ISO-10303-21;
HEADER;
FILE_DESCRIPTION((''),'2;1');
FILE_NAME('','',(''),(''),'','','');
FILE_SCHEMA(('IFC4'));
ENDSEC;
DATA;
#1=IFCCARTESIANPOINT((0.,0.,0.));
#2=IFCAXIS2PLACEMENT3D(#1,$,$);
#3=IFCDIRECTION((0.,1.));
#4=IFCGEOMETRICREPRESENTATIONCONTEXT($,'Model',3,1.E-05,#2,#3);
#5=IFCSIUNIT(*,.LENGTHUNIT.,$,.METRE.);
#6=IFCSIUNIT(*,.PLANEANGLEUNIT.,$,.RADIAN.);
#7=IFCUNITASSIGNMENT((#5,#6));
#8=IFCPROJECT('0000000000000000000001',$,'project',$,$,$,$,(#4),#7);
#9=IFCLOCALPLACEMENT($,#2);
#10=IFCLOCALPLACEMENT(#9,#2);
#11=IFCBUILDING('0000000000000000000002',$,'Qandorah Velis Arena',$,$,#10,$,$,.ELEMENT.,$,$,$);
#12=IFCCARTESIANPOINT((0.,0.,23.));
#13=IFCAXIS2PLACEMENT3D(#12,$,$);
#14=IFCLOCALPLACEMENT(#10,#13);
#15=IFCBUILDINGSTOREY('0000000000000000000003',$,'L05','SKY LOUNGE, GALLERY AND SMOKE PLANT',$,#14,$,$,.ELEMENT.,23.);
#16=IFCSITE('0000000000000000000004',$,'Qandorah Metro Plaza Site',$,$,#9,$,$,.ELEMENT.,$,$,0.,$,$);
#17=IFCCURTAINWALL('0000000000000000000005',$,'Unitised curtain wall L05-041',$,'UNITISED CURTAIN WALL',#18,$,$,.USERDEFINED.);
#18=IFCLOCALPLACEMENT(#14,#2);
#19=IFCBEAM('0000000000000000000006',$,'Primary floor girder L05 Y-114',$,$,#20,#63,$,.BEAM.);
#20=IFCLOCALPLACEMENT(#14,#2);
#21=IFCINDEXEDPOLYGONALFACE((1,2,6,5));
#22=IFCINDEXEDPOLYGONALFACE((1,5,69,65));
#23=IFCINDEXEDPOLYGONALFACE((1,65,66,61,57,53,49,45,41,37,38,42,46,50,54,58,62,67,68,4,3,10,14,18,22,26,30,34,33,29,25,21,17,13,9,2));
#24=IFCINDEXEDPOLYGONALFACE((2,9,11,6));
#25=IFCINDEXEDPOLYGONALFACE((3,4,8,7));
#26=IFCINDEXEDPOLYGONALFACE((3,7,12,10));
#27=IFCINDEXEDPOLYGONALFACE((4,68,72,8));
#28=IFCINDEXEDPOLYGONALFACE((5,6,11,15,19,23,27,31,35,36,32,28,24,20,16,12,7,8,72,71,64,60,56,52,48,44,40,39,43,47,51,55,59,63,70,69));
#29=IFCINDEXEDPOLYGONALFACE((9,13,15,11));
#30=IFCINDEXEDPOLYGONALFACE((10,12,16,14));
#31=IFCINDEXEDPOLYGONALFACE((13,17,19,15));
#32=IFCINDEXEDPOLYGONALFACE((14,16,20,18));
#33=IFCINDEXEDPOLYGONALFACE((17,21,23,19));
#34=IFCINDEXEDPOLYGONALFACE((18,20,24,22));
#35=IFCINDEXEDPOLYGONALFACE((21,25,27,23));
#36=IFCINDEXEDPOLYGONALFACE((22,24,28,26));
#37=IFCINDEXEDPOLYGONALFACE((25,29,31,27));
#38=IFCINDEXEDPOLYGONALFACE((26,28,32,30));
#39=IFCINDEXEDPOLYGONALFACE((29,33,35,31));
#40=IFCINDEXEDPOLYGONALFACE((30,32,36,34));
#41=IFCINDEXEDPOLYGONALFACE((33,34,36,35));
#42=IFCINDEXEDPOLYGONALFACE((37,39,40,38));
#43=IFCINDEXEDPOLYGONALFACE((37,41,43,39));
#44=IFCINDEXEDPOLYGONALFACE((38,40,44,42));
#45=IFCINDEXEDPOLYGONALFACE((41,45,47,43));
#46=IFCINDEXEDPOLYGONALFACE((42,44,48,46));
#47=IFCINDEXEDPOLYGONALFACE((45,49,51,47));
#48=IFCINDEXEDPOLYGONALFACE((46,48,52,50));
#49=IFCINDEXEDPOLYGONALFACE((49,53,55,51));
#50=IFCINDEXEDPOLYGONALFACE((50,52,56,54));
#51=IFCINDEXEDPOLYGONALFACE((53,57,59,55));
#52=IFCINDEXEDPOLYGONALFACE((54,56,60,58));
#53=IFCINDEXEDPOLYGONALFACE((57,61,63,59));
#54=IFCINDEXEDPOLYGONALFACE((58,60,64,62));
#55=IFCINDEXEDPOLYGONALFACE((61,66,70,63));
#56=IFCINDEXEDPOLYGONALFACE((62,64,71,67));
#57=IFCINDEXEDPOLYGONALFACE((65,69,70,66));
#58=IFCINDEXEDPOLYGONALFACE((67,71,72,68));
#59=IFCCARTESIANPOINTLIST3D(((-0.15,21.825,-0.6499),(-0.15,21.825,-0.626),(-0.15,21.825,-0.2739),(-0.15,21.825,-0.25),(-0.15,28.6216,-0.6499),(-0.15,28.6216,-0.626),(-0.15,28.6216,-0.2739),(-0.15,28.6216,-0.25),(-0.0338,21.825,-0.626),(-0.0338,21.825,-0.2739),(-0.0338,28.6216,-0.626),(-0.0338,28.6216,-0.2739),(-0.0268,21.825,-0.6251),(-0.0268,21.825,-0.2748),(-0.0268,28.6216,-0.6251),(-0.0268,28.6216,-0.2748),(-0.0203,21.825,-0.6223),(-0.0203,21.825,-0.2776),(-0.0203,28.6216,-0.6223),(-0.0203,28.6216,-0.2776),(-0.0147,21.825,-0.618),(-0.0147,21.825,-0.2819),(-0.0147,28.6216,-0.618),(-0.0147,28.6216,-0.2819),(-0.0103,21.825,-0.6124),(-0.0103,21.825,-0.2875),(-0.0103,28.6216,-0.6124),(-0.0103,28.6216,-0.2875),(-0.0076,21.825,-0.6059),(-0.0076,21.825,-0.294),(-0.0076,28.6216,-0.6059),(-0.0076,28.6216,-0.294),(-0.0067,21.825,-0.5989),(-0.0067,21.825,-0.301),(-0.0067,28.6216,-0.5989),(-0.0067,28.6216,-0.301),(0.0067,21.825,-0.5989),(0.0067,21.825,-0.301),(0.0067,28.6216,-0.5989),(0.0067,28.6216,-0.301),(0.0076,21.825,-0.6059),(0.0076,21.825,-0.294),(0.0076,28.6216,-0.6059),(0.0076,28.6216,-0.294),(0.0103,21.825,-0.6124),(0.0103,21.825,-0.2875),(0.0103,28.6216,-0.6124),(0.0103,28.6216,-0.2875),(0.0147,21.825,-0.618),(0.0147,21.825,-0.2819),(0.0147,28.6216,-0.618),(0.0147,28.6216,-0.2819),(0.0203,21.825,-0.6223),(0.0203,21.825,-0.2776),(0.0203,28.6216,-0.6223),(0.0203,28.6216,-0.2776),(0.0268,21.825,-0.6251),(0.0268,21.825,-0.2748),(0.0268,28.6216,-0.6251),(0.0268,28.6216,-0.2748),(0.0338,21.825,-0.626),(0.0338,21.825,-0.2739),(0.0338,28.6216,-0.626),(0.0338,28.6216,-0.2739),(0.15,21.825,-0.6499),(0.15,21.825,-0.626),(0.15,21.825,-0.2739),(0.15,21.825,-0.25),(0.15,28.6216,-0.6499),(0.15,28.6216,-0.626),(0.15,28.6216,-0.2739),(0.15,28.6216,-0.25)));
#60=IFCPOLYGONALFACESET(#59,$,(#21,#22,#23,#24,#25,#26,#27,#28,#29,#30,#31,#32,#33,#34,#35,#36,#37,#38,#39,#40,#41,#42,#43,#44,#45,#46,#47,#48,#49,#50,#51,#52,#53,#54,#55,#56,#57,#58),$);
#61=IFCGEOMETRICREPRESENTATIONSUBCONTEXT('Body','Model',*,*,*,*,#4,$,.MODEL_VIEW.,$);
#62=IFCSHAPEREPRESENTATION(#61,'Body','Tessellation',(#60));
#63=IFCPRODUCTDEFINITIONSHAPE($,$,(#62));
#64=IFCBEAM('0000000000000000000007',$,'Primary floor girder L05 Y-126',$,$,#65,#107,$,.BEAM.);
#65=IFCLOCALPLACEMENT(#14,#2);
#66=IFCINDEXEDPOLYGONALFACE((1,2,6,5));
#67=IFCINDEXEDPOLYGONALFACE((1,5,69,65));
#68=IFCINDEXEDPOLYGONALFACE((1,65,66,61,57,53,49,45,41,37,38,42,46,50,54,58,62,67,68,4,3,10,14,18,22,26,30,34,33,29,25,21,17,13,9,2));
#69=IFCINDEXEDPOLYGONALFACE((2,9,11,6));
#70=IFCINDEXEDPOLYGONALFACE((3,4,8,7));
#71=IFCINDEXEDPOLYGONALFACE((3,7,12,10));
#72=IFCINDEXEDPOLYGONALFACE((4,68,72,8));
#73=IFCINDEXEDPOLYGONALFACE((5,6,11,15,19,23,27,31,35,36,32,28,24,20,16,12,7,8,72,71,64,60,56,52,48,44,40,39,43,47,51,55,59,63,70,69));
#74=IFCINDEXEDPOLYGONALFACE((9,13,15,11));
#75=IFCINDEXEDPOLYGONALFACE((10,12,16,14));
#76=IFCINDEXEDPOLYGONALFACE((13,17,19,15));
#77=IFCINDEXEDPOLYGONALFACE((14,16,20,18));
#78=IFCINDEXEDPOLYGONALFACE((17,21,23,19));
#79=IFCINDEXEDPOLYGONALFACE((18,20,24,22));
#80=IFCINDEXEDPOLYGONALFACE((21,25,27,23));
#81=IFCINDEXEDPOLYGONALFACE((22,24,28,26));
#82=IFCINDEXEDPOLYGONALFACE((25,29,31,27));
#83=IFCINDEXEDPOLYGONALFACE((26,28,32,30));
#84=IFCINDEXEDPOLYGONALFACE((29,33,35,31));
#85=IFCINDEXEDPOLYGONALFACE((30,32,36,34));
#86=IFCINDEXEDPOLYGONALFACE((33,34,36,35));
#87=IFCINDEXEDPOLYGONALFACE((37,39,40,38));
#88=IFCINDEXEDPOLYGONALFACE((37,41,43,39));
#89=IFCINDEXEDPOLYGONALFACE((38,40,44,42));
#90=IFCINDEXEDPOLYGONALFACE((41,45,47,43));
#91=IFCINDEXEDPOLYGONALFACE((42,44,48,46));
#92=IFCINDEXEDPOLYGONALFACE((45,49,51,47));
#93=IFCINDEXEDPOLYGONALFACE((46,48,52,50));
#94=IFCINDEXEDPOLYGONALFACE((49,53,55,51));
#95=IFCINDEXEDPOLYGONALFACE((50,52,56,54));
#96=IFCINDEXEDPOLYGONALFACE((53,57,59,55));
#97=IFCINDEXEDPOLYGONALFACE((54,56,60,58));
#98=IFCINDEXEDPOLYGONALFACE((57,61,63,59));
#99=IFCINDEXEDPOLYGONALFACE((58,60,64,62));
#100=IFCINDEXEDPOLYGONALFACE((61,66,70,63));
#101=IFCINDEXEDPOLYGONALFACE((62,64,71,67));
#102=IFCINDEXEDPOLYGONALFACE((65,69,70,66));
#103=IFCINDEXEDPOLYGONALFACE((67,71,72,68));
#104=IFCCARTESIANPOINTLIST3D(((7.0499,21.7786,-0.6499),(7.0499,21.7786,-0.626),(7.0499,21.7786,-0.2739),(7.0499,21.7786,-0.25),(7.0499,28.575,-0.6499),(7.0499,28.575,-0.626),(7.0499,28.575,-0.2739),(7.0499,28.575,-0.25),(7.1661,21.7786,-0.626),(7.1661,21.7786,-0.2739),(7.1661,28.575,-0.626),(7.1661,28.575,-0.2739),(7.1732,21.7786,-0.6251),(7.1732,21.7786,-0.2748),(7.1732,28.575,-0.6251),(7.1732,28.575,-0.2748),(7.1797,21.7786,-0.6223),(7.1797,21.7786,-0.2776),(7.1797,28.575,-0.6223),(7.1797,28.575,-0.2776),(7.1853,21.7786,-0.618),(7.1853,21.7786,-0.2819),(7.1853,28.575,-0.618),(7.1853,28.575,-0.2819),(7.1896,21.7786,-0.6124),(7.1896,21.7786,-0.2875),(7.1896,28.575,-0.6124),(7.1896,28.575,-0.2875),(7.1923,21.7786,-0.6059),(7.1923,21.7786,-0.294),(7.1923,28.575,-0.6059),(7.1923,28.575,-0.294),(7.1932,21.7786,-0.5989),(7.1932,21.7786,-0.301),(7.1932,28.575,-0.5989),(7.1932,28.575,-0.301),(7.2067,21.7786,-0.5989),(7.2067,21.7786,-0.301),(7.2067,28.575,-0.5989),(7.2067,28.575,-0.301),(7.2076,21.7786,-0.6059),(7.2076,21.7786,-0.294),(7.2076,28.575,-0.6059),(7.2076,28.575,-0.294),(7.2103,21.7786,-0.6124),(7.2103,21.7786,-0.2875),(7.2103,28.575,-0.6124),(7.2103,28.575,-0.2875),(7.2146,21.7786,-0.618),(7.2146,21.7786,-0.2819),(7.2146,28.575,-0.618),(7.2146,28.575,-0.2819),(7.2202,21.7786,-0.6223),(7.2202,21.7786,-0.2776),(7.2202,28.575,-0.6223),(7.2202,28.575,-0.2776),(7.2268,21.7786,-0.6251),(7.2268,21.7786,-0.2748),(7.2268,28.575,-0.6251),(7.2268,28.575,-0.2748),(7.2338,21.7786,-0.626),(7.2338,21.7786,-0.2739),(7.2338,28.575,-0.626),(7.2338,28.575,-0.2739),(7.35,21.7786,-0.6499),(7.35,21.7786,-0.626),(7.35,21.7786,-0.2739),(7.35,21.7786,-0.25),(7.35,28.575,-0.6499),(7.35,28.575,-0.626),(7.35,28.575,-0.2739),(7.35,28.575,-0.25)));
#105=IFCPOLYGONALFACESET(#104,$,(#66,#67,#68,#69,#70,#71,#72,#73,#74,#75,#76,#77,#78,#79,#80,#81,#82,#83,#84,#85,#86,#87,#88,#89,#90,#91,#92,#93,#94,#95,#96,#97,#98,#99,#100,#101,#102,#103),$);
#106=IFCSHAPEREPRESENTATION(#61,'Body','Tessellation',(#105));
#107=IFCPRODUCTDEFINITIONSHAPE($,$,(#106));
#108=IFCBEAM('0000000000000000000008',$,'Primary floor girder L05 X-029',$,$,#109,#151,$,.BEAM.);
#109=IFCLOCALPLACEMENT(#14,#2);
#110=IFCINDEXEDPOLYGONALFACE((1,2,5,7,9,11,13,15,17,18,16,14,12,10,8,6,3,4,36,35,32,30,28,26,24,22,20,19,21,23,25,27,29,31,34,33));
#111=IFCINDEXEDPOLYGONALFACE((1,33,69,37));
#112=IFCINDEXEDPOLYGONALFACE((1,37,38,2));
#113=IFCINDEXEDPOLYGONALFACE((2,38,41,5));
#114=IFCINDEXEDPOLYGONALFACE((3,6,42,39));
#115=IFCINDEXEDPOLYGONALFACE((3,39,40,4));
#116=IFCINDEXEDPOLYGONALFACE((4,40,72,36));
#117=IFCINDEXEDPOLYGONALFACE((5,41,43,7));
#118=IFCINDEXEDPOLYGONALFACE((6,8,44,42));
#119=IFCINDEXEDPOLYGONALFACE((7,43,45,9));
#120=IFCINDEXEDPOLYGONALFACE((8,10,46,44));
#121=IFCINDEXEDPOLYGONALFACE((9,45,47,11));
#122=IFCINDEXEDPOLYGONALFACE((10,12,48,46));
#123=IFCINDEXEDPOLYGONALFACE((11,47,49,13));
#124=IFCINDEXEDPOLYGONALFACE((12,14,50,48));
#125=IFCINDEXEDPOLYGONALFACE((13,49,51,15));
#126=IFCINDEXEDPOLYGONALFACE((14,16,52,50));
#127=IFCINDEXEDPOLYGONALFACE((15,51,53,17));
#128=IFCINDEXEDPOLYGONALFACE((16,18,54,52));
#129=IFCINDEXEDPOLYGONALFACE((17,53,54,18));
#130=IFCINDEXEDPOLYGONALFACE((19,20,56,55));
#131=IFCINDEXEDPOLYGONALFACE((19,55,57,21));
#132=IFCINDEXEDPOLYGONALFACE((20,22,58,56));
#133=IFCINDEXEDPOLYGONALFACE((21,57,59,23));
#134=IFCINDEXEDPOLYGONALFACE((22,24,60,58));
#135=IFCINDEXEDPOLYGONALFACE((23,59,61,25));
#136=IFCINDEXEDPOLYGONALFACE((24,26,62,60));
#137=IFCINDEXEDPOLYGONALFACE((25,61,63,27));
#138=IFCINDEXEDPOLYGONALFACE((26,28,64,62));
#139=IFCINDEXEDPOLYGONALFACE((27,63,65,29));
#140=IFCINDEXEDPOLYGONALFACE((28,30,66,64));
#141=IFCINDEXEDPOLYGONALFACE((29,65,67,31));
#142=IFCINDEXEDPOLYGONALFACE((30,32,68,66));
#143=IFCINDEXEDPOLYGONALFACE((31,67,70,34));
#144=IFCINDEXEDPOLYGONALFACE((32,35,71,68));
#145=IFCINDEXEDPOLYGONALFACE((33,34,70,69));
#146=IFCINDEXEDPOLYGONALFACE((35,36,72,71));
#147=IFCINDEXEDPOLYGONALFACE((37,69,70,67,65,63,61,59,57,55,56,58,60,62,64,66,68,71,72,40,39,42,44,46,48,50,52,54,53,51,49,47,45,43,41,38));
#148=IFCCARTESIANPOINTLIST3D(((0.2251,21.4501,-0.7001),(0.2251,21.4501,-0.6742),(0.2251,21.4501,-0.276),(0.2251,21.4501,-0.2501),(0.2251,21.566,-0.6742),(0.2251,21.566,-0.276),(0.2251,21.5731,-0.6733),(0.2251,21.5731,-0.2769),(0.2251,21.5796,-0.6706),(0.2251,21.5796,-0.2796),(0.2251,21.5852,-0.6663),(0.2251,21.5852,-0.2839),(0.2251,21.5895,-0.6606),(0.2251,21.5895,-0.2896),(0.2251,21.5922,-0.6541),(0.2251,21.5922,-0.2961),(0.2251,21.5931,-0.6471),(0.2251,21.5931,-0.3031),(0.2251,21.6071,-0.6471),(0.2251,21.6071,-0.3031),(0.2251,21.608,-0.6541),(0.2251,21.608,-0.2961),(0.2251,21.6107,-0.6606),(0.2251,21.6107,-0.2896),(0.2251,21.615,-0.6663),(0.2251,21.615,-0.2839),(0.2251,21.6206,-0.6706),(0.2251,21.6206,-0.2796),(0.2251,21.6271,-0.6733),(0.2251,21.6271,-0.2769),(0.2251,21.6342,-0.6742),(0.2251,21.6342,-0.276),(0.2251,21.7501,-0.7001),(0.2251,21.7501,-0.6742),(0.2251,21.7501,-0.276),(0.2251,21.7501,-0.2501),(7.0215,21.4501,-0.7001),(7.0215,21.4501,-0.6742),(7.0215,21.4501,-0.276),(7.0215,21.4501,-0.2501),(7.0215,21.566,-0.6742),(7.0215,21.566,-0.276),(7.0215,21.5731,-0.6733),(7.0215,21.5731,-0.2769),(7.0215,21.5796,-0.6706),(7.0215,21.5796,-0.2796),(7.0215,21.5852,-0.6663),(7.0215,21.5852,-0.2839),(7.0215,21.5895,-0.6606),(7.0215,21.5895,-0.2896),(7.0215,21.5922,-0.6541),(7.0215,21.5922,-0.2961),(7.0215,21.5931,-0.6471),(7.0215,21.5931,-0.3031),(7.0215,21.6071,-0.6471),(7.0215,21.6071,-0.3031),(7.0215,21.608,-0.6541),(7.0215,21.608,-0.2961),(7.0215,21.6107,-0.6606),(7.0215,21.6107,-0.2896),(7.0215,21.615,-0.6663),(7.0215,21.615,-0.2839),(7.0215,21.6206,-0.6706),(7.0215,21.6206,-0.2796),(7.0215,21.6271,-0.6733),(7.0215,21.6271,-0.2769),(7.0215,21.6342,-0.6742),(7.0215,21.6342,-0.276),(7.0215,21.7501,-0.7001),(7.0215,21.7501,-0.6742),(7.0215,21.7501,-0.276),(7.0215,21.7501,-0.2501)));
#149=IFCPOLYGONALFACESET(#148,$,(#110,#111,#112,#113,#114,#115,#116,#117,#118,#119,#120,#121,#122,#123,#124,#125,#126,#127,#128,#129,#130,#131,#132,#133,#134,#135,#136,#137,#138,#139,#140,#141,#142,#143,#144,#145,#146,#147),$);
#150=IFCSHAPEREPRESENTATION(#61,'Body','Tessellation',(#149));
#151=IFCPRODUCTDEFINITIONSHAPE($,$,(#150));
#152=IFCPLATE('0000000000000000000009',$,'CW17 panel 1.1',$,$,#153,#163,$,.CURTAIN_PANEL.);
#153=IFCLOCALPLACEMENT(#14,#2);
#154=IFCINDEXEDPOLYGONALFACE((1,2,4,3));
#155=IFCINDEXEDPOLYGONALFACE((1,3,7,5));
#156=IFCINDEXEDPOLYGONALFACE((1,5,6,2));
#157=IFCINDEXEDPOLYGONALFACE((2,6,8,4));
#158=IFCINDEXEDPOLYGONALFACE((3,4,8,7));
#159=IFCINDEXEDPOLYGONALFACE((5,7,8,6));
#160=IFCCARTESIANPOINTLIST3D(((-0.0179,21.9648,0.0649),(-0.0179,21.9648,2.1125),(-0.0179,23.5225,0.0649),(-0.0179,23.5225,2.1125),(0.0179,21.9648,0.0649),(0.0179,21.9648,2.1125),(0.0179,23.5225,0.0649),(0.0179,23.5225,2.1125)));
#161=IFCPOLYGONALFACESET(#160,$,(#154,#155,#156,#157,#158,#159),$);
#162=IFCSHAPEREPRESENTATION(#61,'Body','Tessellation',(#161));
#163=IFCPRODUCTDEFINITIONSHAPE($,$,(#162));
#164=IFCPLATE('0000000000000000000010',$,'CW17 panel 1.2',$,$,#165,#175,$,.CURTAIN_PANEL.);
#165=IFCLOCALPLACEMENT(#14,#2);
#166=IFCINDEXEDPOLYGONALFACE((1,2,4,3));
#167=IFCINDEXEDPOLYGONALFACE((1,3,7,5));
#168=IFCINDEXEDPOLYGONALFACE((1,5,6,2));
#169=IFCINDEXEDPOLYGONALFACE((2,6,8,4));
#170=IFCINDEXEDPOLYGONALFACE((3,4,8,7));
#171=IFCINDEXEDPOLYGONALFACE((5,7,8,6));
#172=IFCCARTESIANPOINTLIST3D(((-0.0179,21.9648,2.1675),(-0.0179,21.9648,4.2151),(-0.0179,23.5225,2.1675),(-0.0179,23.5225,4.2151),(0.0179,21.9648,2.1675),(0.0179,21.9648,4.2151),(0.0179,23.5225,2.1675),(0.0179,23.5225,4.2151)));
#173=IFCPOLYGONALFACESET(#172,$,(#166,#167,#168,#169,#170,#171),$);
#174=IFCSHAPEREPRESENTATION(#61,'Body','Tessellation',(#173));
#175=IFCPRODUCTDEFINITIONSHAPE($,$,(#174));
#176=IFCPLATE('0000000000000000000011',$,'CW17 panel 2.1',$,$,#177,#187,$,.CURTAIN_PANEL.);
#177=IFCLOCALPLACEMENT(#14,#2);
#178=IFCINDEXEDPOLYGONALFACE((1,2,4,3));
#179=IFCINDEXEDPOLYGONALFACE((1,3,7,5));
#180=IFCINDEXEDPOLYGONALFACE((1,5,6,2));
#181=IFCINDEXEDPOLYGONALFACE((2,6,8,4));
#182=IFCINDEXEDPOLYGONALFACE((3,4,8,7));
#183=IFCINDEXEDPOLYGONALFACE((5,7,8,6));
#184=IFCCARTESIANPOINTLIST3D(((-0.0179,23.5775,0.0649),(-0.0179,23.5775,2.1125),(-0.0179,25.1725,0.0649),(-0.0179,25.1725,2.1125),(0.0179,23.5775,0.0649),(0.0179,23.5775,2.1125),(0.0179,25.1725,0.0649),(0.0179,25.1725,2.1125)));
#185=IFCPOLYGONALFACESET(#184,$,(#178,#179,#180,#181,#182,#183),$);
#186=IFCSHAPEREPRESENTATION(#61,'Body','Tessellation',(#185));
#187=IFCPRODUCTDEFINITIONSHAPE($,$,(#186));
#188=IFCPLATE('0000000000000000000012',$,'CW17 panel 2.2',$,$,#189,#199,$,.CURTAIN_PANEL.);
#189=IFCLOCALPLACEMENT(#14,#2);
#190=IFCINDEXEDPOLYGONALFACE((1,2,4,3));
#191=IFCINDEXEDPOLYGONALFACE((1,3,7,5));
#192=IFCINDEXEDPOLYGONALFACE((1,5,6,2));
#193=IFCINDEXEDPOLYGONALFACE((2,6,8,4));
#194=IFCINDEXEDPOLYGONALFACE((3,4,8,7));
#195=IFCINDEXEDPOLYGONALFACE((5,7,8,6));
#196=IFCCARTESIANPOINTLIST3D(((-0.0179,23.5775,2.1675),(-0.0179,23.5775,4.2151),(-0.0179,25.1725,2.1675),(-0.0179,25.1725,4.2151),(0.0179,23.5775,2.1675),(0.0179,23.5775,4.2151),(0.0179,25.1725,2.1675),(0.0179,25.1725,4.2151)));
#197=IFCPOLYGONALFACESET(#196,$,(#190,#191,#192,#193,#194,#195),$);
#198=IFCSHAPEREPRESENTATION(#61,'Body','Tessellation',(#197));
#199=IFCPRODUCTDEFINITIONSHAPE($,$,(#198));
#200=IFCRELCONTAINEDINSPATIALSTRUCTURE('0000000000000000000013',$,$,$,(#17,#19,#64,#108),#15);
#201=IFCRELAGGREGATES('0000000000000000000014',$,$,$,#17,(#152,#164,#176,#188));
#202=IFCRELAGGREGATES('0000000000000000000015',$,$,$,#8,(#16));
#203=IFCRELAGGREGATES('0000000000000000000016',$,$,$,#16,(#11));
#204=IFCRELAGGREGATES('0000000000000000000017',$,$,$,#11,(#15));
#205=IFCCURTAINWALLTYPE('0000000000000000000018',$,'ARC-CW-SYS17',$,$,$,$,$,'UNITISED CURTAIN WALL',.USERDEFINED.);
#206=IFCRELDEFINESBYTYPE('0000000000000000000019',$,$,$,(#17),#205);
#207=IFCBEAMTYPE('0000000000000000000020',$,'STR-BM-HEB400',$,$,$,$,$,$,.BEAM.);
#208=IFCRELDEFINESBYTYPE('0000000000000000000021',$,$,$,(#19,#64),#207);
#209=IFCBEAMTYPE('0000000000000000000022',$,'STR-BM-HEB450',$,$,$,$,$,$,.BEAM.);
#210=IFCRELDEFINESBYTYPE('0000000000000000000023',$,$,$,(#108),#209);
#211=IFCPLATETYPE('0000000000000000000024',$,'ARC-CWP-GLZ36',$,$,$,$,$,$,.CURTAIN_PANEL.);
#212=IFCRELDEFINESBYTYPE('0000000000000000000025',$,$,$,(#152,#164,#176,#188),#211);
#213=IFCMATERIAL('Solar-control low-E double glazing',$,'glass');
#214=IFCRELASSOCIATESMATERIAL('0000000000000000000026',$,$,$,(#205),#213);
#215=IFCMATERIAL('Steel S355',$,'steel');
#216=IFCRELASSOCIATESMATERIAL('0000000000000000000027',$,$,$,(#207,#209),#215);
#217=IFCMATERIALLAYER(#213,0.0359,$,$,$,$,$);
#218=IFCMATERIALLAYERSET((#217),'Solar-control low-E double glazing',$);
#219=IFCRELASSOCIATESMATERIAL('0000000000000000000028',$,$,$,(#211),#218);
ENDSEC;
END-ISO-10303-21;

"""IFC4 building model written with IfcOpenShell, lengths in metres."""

from ifc_helpers import new_model, si_unit, direction, frame, origin, origin_2d, place, context, subcontext, project, spatial, rectangle, i_section, extrude, material, layer, layer_set, material_profile, profile_set, type_object, element, aggregate, save


model = new_model("IFC4")

# Units and contexts
model_context = context("Model", 3, precision=1e-05, world=origin(), true_north=direction((0.0, 1.0)))
body_context = subcontext(model_context, "Body", "Model", "MODEL_VIEW")
ifc_project = project(units=[si_unit("LENGTHUNIT", "METRE"), si_unit("PLANEANGLEUNIT", "RADIAN")], contexts=[model_context])

# Site, building, storey
site_placement = place(None, origin())
site = spatial("IfcSite", under=ifc_project, at=site_placement, Name="Qandorah Metro Plaza Site", CompositionType="ELEMENT", RefElevation=0.0)
building_placement = place(site_placement, origin())
building = spatial("IfcBuilding", under=site, at=building_placement, Name="Qandorah Velis Arena", CompositionType="ELEMENT")
storey_placement = place(building_placement, frame((0.0, 0.0, 23.0)))
storey = spatial("IfcBuildingStorey", under=building, at=storey_placement, Name="L05", Description="SKY LOUNGE, GALLERY AND SMOKE PLANT", CompositionType="ELEMENT", Elevation=23.0)

# Shared definitions
ifc_material_1 = material(Name="Solar-control low-E double glazing", Category="glass")

# Curtain wall
curtain_wall_type_1 = type_object("IfcCurtainWallType", Name="ARC-CW-SYS17", ElementType="UNITISED CURTAIN WALL", PredefinedType="USERDEFINED", material=ifc_material_1)
curtain_wall_1_placement = place(storey_placement, origin())
curtain_wall_1 = element("IfcCurtainWall", 1, at=curtain_wall_1_placement, inside=storey, type_object=curtain_wall_type_1, Name="Unitised curtain wall L05-041", ObjectType="UNITISED CURTAIN WALL", PredefinedType="USERDEFINED")

# Beams
ifc_material_2 = material(Name="Steel S355", Category="steel")
ifc_material_profile_1 = material_profile(ifc_material_2, i_section(OverallWidth=0.3, OverallDepth=0.3999, WebThickness=0.0134, FlangeThickness=0.0239, FilletRadius=0.0271, at=origin_2d()), Name="HEB 400")
ifc_profile_set_1 = profile_set([ifc_material_profile_1], Name="Steel S355")
beam_type_1 = type_object("IfcBeamType", Name="STR-BM-HEB400", PredefinedType="BEAM", material=ifc_profile_set_1)
beam_1_placement = place(storey_placement, frame((0.0, 21.825, -0.45), z_axis=(0.0, 1.0, 0.0), x_axis=(-1.0, 0.0, 0.0)))
element("IfcBeam", 2, at=beam_1_placement, inside=storey, type_object=beam_type_1, Name="Primary floor girder L05 Y-114", PredefinedType="BEAM", context=body_context, shape_type="SweptSolid", body=[
    extrude(i_section(OverallWidth=0.3, OverallDepth=0.3999, WebThickness=0.0134, FlangeThickness=0.0239, FilletRadius=0.0271, at=origin_2d()), origin(), (0.0, 0.0, 1.0), 6.7966),
])
beam_2_placement = place(storey_placement, frame((7.2, 21.7786, -0.45), z_axis=(0.0, 1.0, 0.0), x_axis=(-1.0, 0.0, 0.0)))
element("IfcBeam", 3, at=beam_2_placement, inside=storey, type_object=beam_type_1, Name="Primary floor girder L05 Y-126", PredefinedType="BEAM", context=body_context, shape_type="SweptSolid", body=[
    extrude(i_section(OverallWidth=0.3, OverallDepth=0.3999, WebThickness=0.0134, FlangeThickness=0.0239, FilletRadius=0.0271, at=origin_2d()), origin(), (0.0, 0.0, 1.0), 6.7964),
])
ifc_material_profile_2 = material_profile(ifc_material_2, i_section(OverallWidth=0.3, OverallDepth=0.45, WebThickness=0.0139, FlangeThickness=0.0259, FilletRadius=0.0271, at=origin_2d()), Name="HEB 450")
ifc_profile_set_2 = profile_set([ifc_material_profile_2], Name="Steel S355")
beam_type_2 = type_object("IfcBeamType", Name="STR-BM-HEB450", PredefinedType="BEAM", material=ifc_profile_set_2)
beam_3_placement = place(storey_placement, frame((0.2251, 21.6001, -0.4751), z_axis=(1.0, 0.0, 0.0), x_axis=(0.0, 1.0, 0.0)))
element("IfcBeam", 4, at=beam_3_placement, inside=storey, type_object=beam_type_2, Name="Primary floor girder L05 X-029", PredefinedType="BEAM", context=body_context, shape_type="SweptSolid", body=[
    extrude(i_section(OverallWidth=0.3, OverallDepth=0.45, WebThickness=0.0139, FlangeThickness=0.0259, FilletRadius=0.0271, at=origin_2d()), origin(), (0.0, 0.0, 1.0), 6.7964),
])

# Plates
ifc_layer_1 = layer(ifc_material_1, 0.0359)
ifc_layer_set_1 = layer_set([ifc_layer_1], Name="Solar-control low-E double glazing")
plate_type_1 = type_object("IfcPlateType", Name="ARC-CWP-GLZ36", PredefinedType="CURTAIN_PANEL", material=ifc_layer_set_1)
plate_1_placement = place(storey_placement, frame((0.0, 22.7437, 0.0649), z_axis=(0.0, 0.0, 1.0), x_axis=(0.0, 1.0, 0.0)))
plate_1 = element("IfcPlate", 5, at=plate_1_placement, type_object=plate_type_1, Name="CW17 panel 1.1", PredefinedType="CURTAIN_PANEL", context=body_context, shape_type="SweptSolid", body=[
    extrude(rectangle(XDim=1.5576, YDim=0.0359, at=origin_2d()), origin(), (0.0, 0.0, 1.0), 2.0476),
])
plate_2_placement = place(storey_placement, frame((0.0, 22.7437, 2.1675), z_axis=(0.0, 0.0, 1.0), x_axis=(0.0, 1.0, 0.0)))
plate_2 = element("IfcPlate", 6, at=plate_2_placement, type_object=plate_type_1, Name="CW17 panel 1.2", PredefinedType="CURTAIN_PANEL", context=body_context, shape_type="SweptSolid", body=[
    extrude(rectangle(XDim=1.5576, YDim=0.0359, at=origin_2d()), origin(), (0.0, 0.0, 1.0), 2.0476),
])
plate_3_placement = place(storey_placement, frame((0.0, 24.375, 0.0649), z_axis=(0.0, 0.0, 1.0), x_axis=(0.0, 1.0, 0.0)))
plate_3 = element("IfcPlate", 7, at=plate_3_placement, type_object=plate_type_1, Name="CW17 panel 2.1", PredefinedType="CURTAIN_PANEL", context=body_context, shape_type="SweptSolid", body=[
    extrude(rectangle(XDim=1.595, YDim=0.0359, at=origin_2d()), origin(), (0.0, 0.0, 1.0), 2.0476),
])
plate_4_placement = place(storey_placement, frame((0.0, 24.375, 2.1675), z_axis=(0.0, 0.0, 1.0), x_axis=(0.0, 1.0, 0.0)))
plate_4 = element("IfcPlate", 8, at=plate_4_placement, type_object=plate_type_1, Name="CW17 panel 2.2", PredefinedType="CURTAIN_PANEL", context=body_context, shape_type="SweptSolid", body=[
    extrude(rectangle(XDim=1.595, YDim=0.0359, at=origin_2d()), origin(), (0.0, 0.0, 1.0), 2.0476),
])
aggregate(curtain_wall_1, [plate_1, plate_2, plate_3, plate_4])

save(model, "model.ifc")
